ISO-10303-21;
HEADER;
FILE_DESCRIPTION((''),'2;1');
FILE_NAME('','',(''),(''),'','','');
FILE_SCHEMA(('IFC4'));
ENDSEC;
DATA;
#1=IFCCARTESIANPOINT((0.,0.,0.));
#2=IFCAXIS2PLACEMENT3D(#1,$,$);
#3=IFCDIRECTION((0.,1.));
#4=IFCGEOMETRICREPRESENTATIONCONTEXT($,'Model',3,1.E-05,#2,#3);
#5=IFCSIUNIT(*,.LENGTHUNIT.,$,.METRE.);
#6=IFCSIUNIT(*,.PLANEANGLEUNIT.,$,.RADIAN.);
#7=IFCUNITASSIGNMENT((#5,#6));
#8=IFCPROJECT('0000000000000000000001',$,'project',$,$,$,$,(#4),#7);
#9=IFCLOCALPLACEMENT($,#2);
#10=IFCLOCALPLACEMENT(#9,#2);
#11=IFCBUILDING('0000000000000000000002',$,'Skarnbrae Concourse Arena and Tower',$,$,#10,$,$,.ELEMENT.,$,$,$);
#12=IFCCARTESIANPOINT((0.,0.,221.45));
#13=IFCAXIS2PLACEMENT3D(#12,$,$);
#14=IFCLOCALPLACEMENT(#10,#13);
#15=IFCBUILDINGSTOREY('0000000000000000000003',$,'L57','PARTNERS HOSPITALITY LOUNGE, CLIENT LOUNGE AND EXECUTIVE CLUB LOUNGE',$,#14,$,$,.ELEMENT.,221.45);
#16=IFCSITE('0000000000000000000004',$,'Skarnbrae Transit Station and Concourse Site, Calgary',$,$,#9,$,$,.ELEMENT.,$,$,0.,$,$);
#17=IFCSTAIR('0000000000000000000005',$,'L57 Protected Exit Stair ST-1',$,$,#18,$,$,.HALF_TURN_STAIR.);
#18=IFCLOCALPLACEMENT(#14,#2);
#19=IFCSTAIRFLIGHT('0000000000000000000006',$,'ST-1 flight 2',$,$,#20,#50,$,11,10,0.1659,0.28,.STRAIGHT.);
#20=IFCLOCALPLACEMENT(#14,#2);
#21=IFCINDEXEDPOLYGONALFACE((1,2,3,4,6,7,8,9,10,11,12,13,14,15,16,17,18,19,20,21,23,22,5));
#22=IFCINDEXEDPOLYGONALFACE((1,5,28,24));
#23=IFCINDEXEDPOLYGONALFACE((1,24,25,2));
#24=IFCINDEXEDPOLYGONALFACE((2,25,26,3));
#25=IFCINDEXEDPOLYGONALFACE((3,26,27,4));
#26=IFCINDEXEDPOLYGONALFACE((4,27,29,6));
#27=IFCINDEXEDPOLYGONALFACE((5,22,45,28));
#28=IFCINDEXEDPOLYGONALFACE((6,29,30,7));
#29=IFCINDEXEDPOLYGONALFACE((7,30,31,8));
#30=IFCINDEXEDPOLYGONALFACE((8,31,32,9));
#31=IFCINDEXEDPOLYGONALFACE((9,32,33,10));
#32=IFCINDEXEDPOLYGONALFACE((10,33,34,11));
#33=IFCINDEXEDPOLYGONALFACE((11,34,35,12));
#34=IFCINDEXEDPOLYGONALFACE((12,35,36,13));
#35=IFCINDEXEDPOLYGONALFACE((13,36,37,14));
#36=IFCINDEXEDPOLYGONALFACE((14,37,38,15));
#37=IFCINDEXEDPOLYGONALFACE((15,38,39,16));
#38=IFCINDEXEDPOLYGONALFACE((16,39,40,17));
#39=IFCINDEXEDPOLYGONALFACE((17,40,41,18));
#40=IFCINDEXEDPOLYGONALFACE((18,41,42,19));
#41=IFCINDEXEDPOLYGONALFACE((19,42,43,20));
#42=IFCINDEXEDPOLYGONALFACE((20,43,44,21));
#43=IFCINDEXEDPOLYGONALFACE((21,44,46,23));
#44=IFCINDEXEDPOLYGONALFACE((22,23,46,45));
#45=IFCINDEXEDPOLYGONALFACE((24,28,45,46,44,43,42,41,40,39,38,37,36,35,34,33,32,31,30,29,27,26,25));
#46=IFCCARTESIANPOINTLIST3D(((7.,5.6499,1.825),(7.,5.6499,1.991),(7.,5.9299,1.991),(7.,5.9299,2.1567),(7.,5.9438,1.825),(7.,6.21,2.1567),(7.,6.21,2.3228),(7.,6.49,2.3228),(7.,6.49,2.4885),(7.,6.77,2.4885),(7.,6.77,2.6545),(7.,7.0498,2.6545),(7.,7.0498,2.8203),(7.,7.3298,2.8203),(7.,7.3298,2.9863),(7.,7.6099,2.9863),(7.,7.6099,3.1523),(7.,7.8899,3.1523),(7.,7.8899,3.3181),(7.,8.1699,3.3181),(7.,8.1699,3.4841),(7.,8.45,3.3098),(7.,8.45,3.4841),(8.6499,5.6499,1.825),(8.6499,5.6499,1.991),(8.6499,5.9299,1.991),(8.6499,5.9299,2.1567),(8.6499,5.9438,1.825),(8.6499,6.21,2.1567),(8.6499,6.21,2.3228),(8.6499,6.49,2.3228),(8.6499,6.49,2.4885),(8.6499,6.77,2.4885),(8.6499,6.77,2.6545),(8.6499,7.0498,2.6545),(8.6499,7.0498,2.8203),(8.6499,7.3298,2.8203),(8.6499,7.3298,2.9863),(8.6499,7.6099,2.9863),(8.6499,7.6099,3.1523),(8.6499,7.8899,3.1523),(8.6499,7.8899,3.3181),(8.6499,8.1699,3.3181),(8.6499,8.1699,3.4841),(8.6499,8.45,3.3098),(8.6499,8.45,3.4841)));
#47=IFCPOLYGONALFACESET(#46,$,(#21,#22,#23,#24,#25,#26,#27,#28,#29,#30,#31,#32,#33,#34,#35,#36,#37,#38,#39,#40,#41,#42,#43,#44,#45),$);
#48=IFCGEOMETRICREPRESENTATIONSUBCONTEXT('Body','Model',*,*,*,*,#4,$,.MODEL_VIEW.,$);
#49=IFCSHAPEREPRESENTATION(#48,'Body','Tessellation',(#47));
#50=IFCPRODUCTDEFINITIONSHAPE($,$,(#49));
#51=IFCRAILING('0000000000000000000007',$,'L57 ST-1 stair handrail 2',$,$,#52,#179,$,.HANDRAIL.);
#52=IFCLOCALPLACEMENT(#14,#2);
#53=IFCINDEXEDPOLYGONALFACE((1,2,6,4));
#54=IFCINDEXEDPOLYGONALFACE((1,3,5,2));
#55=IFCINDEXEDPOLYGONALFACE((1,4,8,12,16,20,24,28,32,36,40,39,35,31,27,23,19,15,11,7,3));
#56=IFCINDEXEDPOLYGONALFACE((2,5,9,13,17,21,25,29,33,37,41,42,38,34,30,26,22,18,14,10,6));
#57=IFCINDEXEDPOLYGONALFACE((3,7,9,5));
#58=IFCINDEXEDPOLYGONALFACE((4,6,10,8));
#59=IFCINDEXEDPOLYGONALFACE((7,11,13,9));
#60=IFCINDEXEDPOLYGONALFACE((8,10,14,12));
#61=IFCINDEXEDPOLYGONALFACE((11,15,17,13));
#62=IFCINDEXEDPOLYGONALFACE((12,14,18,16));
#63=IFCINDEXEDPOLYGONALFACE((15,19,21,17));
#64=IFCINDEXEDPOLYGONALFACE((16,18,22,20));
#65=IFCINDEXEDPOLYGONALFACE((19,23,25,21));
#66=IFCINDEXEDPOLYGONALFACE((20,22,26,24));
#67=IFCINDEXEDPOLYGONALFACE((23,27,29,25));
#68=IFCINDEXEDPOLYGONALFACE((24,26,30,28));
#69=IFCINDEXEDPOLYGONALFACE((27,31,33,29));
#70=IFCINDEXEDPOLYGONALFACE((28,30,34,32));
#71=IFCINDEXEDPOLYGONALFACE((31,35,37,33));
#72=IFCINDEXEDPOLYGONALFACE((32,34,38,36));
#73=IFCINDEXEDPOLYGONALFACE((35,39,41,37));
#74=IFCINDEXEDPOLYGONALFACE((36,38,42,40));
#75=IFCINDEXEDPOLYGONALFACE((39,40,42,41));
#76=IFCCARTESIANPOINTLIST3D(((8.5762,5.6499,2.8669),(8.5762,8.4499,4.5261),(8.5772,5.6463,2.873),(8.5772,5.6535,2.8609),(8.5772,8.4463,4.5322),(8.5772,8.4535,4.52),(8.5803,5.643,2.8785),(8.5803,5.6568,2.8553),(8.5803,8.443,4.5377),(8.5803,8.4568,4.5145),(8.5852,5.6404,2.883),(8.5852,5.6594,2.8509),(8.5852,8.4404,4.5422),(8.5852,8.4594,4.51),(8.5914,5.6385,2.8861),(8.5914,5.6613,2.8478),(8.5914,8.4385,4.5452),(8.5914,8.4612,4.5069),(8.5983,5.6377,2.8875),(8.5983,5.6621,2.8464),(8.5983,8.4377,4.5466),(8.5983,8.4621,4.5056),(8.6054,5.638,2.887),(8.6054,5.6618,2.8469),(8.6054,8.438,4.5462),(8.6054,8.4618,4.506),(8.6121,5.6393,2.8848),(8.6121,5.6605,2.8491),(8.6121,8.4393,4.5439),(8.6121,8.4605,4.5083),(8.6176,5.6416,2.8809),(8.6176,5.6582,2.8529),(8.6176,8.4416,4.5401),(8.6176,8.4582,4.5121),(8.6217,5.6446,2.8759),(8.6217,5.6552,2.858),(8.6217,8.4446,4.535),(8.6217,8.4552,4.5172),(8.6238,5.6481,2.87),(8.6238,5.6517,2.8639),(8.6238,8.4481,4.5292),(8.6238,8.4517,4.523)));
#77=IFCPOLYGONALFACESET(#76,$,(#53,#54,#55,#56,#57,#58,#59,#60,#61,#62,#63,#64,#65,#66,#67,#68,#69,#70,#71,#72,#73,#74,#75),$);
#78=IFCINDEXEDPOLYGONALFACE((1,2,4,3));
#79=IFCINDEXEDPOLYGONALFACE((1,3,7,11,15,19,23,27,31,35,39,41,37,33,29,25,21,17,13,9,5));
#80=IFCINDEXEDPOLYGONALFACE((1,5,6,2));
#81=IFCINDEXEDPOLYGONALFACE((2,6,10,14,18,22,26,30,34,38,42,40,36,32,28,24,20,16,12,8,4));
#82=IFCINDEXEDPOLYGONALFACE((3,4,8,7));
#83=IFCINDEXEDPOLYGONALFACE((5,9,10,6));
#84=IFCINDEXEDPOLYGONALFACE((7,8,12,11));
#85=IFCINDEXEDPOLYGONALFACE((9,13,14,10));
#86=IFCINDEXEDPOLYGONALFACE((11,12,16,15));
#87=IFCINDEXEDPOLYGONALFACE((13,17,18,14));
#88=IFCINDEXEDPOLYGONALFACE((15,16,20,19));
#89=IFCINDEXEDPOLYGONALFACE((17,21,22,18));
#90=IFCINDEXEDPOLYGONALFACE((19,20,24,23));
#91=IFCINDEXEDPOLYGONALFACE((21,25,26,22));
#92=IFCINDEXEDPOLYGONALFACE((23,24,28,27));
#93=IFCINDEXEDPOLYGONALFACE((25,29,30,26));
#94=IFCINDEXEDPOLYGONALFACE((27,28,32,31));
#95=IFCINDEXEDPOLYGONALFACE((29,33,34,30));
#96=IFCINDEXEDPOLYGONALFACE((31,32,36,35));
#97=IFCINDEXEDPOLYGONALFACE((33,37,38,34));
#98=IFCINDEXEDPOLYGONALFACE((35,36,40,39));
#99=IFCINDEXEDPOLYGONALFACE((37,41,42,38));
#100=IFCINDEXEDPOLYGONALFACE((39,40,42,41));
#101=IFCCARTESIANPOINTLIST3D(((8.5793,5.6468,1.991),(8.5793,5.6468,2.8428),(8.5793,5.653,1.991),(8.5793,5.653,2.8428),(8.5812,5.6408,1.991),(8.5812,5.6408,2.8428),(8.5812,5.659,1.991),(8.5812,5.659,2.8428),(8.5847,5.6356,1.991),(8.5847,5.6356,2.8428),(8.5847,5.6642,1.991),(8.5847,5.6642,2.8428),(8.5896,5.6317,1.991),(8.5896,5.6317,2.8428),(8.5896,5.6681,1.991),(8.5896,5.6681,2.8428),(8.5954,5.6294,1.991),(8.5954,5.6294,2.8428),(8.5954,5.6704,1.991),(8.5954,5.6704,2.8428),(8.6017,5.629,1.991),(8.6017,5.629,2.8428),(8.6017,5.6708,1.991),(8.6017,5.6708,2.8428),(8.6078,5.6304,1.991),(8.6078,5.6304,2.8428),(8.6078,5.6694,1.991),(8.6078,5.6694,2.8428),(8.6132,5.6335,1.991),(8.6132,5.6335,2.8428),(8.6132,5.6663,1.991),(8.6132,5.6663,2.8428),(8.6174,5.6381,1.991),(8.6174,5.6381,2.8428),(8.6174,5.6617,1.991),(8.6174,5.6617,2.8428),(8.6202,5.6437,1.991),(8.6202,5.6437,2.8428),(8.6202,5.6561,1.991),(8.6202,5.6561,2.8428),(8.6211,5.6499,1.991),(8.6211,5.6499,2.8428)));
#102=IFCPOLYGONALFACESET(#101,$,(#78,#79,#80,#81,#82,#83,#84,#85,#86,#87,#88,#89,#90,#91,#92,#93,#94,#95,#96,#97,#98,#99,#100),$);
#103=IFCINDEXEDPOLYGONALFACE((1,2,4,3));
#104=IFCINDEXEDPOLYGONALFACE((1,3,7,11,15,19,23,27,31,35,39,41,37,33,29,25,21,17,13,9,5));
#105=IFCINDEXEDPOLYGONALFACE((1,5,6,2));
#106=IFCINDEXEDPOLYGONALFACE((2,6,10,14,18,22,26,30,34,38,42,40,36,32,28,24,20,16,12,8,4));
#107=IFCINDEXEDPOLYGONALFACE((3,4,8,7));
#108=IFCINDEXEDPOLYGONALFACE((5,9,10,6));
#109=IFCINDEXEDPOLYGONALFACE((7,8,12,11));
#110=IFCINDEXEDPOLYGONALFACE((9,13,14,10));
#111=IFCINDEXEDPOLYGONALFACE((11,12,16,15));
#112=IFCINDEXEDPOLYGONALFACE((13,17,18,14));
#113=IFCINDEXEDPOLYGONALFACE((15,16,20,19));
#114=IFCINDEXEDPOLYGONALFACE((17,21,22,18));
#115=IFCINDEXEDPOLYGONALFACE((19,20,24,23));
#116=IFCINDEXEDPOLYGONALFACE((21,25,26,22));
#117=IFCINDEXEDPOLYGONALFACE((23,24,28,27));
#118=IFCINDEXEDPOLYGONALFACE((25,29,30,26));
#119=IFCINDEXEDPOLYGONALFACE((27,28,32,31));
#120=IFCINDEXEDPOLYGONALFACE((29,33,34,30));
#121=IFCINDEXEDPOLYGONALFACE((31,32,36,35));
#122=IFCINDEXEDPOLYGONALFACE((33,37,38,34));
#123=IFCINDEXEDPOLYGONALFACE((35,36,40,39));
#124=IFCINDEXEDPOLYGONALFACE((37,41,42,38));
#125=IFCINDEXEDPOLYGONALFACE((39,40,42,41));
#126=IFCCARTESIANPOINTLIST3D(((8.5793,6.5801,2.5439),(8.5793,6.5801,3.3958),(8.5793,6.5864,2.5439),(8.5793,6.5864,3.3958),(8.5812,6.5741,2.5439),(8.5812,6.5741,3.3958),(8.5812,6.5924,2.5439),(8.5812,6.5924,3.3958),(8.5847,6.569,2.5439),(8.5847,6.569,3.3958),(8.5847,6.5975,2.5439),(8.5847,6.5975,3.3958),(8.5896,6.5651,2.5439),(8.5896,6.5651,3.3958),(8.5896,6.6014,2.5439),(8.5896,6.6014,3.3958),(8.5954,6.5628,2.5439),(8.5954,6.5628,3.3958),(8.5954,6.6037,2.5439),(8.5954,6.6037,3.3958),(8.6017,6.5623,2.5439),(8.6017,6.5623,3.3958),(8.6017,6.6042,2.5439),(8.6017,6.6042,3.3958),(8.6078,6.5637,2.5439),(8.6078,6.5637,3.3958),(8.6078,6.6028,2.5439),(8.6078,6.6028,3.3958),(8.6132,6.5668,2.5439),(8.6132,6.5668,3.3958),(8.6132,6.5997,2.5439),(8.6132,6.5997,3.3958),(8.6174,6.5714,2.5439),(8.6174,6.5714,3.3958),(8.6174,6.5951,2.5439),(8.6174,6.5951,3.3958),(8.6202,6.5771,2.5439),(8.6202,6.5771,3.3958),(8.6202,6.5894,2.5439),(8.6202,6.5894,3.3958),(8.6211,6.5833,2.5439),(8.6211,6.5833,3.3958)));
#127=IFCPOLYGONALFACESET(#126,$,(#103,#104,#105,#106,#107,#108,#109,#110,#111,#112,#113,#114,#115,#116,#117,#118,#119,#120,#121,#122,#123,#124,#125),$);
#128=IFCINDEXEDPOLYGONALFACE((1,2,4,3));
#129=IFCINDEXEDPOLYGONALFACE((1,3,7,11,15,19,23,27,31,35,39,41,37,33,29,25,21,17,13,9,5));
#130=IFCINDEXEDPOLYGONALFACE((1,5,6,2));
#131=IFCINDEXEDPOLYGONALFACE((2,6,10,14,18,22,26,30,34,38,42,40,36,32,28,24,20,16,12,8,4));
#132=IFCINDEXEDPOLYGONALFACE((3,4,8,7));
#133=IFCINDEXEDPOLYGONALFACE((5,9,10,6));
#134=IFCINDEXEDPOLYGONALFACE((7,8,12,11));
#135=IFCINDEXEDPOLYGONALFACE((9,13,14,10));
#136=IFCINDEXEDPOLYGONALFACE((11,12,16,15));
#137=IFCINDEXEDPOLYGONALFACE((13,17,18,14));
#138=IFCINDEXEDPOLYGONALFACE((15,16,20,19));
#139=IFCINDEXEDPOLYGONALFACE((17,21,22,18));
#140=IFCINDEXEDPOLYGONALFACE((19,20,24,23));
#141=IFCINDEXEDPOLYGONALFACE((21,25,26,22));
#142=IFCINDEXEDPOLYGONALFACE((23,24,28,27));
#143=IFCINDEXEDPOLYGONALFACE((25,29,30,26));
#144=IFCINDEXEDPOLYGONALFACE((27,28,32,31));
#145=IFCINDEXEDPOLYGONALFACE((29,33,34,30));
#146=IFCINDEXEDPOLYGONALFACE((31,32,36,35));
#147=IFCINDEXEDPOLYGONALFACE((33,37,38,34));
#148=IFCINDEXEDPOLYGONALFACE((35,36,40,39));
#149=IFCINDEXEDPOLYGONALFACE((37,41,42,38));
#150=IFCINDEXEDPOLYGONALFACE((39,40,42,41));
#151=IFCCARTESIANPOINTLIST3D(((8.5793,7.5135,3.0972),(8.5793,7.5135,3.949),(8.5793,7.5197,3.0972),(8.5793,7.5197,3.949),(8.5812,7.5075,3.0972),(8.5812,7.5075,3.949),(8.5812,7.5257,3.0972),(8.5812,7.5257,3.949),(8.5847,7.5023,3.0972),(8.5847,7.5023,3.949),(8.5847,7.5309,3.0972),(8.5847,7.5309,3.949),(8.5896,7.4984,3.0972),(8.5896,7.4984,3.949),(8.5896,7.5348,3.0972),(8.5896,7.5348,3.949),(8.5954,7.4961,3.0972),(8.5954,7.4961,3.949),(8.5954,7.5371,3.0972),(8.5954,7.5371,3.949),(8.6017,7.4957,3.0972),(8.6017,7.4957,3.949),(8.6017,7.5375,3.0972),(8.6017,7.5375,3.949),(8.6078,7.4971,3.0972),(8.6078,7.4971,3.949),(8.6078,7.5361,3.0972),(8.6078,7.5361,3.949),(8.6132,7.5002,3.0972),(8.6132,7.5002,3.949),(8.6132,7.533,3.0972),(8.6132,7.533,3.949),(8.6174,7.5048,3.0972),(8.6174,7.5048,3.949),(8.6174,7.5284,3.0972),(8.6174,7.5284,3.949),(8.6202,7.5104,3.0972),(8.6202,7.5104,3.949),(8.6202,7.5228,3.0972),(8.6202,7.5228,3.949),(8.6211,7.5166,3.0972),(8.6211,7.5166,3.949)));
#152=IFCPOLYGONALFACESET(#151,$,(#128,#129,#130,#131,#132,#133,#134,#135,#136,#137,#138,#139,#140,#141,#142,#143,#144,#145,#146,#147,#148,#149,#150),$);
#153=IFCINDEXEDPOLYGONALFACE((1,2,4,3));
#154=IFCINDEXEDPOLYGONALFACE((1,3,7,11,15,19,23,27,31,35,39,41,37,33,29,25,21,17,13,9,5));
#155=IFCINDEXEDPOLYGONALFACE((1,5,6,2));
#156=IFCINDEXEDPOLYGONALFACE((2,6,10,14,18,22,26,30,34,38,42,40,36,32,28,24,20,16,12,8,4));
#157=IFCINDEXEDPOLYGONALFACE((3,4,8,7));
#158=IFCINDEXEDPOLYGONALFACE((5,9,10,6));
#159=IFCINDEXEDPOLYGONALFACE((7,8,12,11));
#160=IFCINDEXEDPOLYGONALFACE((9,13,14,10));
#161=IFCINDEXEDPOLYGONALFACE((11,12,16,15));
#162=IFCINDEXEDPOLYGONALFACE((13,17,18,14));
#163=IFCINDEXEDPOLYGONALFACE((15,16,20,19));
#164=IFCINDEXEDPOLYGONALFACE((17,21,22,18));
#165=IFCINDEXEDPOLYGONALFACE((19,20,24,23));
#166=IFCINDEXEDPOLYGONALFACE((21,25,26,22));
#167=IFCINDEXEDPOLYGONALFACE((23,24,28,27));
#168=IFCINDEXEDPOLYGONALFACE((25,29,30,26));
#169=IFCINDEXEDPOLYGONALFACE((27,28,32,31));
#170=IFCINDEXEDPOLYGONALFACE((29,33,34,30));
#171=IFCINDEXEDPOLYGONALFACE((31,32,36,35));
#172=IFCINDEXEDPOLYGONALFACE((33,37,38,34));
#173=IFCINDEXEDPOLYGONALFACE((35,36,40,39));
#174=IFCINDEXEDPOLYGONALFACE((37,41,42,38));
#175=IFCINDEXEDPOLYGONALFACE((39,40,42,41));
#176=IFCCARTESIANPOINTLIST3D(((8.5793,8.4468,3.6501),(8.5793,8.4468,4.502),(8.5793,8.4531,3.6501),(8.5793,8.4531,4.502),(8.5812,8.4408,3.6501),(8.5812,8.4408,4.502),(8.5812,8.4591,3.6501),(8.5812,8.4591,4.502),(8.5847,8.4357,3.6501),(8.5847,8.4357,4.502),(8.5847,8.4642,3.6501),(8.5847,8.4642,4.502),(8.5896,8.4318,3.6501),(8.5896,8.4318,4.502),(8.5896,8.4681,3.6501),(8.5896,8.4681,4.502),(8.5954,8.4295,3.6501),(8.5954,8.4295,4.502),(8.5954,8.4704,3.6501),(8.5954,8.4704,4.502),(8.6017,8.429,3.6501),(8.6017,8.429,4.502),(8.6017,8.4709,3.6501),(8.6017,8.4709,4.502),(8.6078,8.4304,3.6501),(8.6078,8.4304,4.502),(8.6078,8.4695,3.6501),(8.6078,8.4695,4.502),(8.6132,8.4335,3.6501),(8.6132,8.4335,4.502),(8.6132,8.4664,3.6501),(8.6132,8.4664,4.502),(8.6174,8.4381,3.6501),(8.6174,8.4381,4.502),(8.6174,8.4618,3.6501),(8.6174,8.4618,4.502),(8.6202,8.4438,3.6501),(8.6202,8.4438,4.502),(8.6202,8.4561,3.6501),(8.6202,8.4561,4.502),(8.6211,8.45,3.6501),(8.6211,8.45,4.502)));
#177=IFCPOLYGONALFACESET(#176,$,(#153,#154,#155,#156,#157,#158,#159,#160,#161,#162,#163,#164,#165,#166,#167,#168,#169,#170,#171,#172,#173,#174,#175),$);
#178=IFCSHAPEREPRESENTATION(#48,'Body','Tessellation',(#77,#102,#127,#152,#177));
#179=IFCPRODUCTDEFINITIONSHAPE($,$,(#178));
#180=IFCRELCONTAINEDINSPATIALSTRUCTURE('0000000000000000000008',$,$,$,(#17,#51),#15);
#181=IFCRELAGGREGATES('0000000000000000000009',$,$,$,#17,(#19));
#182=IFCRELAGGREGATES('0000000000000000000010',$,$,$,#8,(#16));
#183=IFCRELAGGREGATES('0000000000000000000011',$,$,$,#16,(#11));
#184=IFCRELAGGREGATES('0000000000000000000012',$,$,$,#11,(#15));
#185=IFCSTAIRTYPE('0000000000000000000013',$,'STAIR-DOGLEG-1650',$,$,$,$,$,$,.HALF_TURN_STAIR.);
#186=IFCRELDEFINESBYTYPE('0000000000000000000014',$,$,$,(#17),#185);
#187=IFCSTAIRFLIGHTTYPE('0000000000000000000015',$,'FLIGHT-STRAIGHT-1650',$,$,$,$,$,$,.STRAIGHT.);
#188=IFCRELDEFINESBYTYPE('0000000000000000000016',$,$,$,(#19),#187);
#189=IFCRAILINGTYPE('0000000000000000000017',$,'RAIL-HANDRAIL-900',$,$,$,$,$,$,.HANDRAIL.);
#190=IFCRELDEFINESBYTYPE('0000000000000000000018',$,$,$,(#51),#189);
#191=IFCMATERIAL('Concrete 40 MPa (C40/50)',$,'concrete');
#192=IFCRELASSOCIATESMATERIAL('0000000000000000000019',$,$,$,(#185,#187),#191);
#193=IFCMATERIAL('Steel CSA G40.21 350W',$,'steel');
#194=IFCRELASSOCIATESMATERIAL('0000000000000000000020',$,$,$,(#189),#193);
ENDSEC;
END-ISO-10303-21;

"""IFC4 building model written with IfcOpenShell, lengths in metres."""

from ifc_helpers import new_model, si_unit, direction, frame, origin, origin_2d, place, context, subcontext, project, spatial, polyline, circle, outline, extrude, source, transform, mapped, material, type_object, element, aggregate, save


model = new_model("IFC4")

# Units and contexts
model_context = context("Model", 3, precision=1e-05, world=origin(), true_north=direction((0.0, 1.0)))
body_context = subcontext(model_context, "Body", "Model", "MODEL_VIEW")
ifc_project = project(units=[si_unit("LENGTHUNIT", "METRE"), si_unit("PLANEANGLEUNIT", "RADIAN")], contexts=[model_context])

# Site, building, storey
site_placement = place(None, origin())
site = spatial("IfcSite", under=ifc_project, at=site_placement, Name="Skarnbrae Transit Station and Concourse Site, Calgary", CompositionType="ELEMENT", RefElevation=0.0)
building_placement = place(site_placement, origin())
building = spatial("IfcBuilding", under=site, at=building_placement, Name="Skarnbrae Concourse Arena and Tower", CompositionType="ELEMENT")
storey_placement = place(building_placement, frame((0.0, 0.0, 221.45)))
storey = spatial("IfcBuildingStorey", under=building, at=storey_placement, Name="L57", Description="PARTNERS HOSPITALITY LOUNGE, CLIENT LOUNGE AND EXECUTIVE CLUB LOUNGE", CompositionType="ELEMENT", Elevation=221.45)

# Shared definitions
ifc_material_1 = material(Name="Steel CSA G40.21 350W", Category="steel")

# Stair, stair flight
ifc_material_2 = material(Name="Concrete 40 MPa (C40/50)", Category="concrete")
stair_type = type_object("IfcStairType", Name="STAIR-DOGLEG-1650", PredefinedType="HALF_TURN_STAIR", material=ifc_material_2)
stair_placement = place(storey_placement, origin())
stair = element("IfcStair", 1, at=stair_placement, inside=storey, type_object=stair_type, Name="L57 Protected Exit Stair ST-1", PredefinedType="HALF_TURN_STAIR")
stair_flight_type = type_object("IfcStairFlightType", Name="FLIGHT-STRAIGHT-1650", PredefinedType="STRAIGHT", material=ifc_material_2)
shared_shape_1 = source(origin(), body_context, "Body", "SweptSolid", [
    extrude(outline(polyline([(0.0, 0.0), (0.0, 0.166), (0.28, 0.166), (0.28, 0.3318), (0.5601, 0.3318), (0.5601, 0.4978), (0.8401, 0.4978), (0.8401, 0.6636), (1.1201, 0.6636), (1.1201, 0.8296), (1.3999, 0.8296), (1.3999, 0.9954), (1.6799, 0.9954), (1.6799, 1.1614), (1.96, 1.1614), (1.96, 1.3274), (2.24, 1.3274), (2.24, 1.4932), (2.52, 1.4932), (2.52, 1.6592), (2.8, 1.6592), (2.8, 1.825), (2.8, 1.4849), (0.2939, 0.0), (0.0, 0.0)])), frame((0.0, 0.825, 0.0), z_axis=(0.0, -1.0, 0.0), x_axis=(1.0, 0.0, 0.0)), (0.0, 0.0, 1.0), 1.6499),
])
stair_flight_placement = place(storey_placement, frame((7.825, 5.6499, 1.825), z_axis=(0.0, 0.0, 1.0), x_axis=(0.0, 1.0, 0.0)))
stair_flight = element("IfcStairFlight", 2, at=stair_flight_placement, type_object=stair_flight_type, Name="ST-1 flight 2", NumberOfRisers=11, NumberOfTreads=10, PredefinedType="STRAIGHT", RiserHeight=0.1659, TreadLength=0.28, context=body_context, shape_type="MappedRepresentation", body=[
    mapped(shared_shape_1, transform((0.0, 0.0, 0.0))),
])
aggregate(stair, [stair_flight])

# Railing
railing_type_1 = type_object("IfcRailingType", Name="RAIL-HANDRAIL-900", PredefinedType="HANDRAIL", material=ifc_material_1)
railing_1_placement = place(storey_placement, frame((8.6001, 5.6499, 1.991)))
element("IfcRailing", 3, at=railing_1_placement, inside=storey, type_object=railing_type_1, Name="L57 ST-1 stair handrail 2", PredefinedType="HANDRAIL", context=body_context, shape_type="SweptSolid", body=[
    extrude(circle(Radius=0.0239, at=origin_2d()), frame((0.0, 0.0, 0.876), z_axis=(0.0, 0.860306, 0.509778), x_axis=(-1.0, 0.0, 0.0)), (0.0, 0.0, 1.0), 3.2546),
    extrude(circle(Radius=0.021, at=origin_2d()), origin(), (0.0, 0.0, 1.0), 0.8518),
    extrude(circle(Radius=0.021, at=origin_2d()), frame((0.0, 0.9333, 0.553)), (0.0, 0.0, 1.0), 0.8518),
    extrude(circle(Radius=0.021, at=origin_2d()), frame((0.0, 1.8667, 1.1062)), (0.0, 0.0, 1.0), 0.8518),
    extrude(circle(Radius=0.021, at=origin_2d()), frame((0.0, 2.8, 1.6592)), (0.0, 0.0, 1.0), 0.8518),
])

save(model, "model.ifc")
